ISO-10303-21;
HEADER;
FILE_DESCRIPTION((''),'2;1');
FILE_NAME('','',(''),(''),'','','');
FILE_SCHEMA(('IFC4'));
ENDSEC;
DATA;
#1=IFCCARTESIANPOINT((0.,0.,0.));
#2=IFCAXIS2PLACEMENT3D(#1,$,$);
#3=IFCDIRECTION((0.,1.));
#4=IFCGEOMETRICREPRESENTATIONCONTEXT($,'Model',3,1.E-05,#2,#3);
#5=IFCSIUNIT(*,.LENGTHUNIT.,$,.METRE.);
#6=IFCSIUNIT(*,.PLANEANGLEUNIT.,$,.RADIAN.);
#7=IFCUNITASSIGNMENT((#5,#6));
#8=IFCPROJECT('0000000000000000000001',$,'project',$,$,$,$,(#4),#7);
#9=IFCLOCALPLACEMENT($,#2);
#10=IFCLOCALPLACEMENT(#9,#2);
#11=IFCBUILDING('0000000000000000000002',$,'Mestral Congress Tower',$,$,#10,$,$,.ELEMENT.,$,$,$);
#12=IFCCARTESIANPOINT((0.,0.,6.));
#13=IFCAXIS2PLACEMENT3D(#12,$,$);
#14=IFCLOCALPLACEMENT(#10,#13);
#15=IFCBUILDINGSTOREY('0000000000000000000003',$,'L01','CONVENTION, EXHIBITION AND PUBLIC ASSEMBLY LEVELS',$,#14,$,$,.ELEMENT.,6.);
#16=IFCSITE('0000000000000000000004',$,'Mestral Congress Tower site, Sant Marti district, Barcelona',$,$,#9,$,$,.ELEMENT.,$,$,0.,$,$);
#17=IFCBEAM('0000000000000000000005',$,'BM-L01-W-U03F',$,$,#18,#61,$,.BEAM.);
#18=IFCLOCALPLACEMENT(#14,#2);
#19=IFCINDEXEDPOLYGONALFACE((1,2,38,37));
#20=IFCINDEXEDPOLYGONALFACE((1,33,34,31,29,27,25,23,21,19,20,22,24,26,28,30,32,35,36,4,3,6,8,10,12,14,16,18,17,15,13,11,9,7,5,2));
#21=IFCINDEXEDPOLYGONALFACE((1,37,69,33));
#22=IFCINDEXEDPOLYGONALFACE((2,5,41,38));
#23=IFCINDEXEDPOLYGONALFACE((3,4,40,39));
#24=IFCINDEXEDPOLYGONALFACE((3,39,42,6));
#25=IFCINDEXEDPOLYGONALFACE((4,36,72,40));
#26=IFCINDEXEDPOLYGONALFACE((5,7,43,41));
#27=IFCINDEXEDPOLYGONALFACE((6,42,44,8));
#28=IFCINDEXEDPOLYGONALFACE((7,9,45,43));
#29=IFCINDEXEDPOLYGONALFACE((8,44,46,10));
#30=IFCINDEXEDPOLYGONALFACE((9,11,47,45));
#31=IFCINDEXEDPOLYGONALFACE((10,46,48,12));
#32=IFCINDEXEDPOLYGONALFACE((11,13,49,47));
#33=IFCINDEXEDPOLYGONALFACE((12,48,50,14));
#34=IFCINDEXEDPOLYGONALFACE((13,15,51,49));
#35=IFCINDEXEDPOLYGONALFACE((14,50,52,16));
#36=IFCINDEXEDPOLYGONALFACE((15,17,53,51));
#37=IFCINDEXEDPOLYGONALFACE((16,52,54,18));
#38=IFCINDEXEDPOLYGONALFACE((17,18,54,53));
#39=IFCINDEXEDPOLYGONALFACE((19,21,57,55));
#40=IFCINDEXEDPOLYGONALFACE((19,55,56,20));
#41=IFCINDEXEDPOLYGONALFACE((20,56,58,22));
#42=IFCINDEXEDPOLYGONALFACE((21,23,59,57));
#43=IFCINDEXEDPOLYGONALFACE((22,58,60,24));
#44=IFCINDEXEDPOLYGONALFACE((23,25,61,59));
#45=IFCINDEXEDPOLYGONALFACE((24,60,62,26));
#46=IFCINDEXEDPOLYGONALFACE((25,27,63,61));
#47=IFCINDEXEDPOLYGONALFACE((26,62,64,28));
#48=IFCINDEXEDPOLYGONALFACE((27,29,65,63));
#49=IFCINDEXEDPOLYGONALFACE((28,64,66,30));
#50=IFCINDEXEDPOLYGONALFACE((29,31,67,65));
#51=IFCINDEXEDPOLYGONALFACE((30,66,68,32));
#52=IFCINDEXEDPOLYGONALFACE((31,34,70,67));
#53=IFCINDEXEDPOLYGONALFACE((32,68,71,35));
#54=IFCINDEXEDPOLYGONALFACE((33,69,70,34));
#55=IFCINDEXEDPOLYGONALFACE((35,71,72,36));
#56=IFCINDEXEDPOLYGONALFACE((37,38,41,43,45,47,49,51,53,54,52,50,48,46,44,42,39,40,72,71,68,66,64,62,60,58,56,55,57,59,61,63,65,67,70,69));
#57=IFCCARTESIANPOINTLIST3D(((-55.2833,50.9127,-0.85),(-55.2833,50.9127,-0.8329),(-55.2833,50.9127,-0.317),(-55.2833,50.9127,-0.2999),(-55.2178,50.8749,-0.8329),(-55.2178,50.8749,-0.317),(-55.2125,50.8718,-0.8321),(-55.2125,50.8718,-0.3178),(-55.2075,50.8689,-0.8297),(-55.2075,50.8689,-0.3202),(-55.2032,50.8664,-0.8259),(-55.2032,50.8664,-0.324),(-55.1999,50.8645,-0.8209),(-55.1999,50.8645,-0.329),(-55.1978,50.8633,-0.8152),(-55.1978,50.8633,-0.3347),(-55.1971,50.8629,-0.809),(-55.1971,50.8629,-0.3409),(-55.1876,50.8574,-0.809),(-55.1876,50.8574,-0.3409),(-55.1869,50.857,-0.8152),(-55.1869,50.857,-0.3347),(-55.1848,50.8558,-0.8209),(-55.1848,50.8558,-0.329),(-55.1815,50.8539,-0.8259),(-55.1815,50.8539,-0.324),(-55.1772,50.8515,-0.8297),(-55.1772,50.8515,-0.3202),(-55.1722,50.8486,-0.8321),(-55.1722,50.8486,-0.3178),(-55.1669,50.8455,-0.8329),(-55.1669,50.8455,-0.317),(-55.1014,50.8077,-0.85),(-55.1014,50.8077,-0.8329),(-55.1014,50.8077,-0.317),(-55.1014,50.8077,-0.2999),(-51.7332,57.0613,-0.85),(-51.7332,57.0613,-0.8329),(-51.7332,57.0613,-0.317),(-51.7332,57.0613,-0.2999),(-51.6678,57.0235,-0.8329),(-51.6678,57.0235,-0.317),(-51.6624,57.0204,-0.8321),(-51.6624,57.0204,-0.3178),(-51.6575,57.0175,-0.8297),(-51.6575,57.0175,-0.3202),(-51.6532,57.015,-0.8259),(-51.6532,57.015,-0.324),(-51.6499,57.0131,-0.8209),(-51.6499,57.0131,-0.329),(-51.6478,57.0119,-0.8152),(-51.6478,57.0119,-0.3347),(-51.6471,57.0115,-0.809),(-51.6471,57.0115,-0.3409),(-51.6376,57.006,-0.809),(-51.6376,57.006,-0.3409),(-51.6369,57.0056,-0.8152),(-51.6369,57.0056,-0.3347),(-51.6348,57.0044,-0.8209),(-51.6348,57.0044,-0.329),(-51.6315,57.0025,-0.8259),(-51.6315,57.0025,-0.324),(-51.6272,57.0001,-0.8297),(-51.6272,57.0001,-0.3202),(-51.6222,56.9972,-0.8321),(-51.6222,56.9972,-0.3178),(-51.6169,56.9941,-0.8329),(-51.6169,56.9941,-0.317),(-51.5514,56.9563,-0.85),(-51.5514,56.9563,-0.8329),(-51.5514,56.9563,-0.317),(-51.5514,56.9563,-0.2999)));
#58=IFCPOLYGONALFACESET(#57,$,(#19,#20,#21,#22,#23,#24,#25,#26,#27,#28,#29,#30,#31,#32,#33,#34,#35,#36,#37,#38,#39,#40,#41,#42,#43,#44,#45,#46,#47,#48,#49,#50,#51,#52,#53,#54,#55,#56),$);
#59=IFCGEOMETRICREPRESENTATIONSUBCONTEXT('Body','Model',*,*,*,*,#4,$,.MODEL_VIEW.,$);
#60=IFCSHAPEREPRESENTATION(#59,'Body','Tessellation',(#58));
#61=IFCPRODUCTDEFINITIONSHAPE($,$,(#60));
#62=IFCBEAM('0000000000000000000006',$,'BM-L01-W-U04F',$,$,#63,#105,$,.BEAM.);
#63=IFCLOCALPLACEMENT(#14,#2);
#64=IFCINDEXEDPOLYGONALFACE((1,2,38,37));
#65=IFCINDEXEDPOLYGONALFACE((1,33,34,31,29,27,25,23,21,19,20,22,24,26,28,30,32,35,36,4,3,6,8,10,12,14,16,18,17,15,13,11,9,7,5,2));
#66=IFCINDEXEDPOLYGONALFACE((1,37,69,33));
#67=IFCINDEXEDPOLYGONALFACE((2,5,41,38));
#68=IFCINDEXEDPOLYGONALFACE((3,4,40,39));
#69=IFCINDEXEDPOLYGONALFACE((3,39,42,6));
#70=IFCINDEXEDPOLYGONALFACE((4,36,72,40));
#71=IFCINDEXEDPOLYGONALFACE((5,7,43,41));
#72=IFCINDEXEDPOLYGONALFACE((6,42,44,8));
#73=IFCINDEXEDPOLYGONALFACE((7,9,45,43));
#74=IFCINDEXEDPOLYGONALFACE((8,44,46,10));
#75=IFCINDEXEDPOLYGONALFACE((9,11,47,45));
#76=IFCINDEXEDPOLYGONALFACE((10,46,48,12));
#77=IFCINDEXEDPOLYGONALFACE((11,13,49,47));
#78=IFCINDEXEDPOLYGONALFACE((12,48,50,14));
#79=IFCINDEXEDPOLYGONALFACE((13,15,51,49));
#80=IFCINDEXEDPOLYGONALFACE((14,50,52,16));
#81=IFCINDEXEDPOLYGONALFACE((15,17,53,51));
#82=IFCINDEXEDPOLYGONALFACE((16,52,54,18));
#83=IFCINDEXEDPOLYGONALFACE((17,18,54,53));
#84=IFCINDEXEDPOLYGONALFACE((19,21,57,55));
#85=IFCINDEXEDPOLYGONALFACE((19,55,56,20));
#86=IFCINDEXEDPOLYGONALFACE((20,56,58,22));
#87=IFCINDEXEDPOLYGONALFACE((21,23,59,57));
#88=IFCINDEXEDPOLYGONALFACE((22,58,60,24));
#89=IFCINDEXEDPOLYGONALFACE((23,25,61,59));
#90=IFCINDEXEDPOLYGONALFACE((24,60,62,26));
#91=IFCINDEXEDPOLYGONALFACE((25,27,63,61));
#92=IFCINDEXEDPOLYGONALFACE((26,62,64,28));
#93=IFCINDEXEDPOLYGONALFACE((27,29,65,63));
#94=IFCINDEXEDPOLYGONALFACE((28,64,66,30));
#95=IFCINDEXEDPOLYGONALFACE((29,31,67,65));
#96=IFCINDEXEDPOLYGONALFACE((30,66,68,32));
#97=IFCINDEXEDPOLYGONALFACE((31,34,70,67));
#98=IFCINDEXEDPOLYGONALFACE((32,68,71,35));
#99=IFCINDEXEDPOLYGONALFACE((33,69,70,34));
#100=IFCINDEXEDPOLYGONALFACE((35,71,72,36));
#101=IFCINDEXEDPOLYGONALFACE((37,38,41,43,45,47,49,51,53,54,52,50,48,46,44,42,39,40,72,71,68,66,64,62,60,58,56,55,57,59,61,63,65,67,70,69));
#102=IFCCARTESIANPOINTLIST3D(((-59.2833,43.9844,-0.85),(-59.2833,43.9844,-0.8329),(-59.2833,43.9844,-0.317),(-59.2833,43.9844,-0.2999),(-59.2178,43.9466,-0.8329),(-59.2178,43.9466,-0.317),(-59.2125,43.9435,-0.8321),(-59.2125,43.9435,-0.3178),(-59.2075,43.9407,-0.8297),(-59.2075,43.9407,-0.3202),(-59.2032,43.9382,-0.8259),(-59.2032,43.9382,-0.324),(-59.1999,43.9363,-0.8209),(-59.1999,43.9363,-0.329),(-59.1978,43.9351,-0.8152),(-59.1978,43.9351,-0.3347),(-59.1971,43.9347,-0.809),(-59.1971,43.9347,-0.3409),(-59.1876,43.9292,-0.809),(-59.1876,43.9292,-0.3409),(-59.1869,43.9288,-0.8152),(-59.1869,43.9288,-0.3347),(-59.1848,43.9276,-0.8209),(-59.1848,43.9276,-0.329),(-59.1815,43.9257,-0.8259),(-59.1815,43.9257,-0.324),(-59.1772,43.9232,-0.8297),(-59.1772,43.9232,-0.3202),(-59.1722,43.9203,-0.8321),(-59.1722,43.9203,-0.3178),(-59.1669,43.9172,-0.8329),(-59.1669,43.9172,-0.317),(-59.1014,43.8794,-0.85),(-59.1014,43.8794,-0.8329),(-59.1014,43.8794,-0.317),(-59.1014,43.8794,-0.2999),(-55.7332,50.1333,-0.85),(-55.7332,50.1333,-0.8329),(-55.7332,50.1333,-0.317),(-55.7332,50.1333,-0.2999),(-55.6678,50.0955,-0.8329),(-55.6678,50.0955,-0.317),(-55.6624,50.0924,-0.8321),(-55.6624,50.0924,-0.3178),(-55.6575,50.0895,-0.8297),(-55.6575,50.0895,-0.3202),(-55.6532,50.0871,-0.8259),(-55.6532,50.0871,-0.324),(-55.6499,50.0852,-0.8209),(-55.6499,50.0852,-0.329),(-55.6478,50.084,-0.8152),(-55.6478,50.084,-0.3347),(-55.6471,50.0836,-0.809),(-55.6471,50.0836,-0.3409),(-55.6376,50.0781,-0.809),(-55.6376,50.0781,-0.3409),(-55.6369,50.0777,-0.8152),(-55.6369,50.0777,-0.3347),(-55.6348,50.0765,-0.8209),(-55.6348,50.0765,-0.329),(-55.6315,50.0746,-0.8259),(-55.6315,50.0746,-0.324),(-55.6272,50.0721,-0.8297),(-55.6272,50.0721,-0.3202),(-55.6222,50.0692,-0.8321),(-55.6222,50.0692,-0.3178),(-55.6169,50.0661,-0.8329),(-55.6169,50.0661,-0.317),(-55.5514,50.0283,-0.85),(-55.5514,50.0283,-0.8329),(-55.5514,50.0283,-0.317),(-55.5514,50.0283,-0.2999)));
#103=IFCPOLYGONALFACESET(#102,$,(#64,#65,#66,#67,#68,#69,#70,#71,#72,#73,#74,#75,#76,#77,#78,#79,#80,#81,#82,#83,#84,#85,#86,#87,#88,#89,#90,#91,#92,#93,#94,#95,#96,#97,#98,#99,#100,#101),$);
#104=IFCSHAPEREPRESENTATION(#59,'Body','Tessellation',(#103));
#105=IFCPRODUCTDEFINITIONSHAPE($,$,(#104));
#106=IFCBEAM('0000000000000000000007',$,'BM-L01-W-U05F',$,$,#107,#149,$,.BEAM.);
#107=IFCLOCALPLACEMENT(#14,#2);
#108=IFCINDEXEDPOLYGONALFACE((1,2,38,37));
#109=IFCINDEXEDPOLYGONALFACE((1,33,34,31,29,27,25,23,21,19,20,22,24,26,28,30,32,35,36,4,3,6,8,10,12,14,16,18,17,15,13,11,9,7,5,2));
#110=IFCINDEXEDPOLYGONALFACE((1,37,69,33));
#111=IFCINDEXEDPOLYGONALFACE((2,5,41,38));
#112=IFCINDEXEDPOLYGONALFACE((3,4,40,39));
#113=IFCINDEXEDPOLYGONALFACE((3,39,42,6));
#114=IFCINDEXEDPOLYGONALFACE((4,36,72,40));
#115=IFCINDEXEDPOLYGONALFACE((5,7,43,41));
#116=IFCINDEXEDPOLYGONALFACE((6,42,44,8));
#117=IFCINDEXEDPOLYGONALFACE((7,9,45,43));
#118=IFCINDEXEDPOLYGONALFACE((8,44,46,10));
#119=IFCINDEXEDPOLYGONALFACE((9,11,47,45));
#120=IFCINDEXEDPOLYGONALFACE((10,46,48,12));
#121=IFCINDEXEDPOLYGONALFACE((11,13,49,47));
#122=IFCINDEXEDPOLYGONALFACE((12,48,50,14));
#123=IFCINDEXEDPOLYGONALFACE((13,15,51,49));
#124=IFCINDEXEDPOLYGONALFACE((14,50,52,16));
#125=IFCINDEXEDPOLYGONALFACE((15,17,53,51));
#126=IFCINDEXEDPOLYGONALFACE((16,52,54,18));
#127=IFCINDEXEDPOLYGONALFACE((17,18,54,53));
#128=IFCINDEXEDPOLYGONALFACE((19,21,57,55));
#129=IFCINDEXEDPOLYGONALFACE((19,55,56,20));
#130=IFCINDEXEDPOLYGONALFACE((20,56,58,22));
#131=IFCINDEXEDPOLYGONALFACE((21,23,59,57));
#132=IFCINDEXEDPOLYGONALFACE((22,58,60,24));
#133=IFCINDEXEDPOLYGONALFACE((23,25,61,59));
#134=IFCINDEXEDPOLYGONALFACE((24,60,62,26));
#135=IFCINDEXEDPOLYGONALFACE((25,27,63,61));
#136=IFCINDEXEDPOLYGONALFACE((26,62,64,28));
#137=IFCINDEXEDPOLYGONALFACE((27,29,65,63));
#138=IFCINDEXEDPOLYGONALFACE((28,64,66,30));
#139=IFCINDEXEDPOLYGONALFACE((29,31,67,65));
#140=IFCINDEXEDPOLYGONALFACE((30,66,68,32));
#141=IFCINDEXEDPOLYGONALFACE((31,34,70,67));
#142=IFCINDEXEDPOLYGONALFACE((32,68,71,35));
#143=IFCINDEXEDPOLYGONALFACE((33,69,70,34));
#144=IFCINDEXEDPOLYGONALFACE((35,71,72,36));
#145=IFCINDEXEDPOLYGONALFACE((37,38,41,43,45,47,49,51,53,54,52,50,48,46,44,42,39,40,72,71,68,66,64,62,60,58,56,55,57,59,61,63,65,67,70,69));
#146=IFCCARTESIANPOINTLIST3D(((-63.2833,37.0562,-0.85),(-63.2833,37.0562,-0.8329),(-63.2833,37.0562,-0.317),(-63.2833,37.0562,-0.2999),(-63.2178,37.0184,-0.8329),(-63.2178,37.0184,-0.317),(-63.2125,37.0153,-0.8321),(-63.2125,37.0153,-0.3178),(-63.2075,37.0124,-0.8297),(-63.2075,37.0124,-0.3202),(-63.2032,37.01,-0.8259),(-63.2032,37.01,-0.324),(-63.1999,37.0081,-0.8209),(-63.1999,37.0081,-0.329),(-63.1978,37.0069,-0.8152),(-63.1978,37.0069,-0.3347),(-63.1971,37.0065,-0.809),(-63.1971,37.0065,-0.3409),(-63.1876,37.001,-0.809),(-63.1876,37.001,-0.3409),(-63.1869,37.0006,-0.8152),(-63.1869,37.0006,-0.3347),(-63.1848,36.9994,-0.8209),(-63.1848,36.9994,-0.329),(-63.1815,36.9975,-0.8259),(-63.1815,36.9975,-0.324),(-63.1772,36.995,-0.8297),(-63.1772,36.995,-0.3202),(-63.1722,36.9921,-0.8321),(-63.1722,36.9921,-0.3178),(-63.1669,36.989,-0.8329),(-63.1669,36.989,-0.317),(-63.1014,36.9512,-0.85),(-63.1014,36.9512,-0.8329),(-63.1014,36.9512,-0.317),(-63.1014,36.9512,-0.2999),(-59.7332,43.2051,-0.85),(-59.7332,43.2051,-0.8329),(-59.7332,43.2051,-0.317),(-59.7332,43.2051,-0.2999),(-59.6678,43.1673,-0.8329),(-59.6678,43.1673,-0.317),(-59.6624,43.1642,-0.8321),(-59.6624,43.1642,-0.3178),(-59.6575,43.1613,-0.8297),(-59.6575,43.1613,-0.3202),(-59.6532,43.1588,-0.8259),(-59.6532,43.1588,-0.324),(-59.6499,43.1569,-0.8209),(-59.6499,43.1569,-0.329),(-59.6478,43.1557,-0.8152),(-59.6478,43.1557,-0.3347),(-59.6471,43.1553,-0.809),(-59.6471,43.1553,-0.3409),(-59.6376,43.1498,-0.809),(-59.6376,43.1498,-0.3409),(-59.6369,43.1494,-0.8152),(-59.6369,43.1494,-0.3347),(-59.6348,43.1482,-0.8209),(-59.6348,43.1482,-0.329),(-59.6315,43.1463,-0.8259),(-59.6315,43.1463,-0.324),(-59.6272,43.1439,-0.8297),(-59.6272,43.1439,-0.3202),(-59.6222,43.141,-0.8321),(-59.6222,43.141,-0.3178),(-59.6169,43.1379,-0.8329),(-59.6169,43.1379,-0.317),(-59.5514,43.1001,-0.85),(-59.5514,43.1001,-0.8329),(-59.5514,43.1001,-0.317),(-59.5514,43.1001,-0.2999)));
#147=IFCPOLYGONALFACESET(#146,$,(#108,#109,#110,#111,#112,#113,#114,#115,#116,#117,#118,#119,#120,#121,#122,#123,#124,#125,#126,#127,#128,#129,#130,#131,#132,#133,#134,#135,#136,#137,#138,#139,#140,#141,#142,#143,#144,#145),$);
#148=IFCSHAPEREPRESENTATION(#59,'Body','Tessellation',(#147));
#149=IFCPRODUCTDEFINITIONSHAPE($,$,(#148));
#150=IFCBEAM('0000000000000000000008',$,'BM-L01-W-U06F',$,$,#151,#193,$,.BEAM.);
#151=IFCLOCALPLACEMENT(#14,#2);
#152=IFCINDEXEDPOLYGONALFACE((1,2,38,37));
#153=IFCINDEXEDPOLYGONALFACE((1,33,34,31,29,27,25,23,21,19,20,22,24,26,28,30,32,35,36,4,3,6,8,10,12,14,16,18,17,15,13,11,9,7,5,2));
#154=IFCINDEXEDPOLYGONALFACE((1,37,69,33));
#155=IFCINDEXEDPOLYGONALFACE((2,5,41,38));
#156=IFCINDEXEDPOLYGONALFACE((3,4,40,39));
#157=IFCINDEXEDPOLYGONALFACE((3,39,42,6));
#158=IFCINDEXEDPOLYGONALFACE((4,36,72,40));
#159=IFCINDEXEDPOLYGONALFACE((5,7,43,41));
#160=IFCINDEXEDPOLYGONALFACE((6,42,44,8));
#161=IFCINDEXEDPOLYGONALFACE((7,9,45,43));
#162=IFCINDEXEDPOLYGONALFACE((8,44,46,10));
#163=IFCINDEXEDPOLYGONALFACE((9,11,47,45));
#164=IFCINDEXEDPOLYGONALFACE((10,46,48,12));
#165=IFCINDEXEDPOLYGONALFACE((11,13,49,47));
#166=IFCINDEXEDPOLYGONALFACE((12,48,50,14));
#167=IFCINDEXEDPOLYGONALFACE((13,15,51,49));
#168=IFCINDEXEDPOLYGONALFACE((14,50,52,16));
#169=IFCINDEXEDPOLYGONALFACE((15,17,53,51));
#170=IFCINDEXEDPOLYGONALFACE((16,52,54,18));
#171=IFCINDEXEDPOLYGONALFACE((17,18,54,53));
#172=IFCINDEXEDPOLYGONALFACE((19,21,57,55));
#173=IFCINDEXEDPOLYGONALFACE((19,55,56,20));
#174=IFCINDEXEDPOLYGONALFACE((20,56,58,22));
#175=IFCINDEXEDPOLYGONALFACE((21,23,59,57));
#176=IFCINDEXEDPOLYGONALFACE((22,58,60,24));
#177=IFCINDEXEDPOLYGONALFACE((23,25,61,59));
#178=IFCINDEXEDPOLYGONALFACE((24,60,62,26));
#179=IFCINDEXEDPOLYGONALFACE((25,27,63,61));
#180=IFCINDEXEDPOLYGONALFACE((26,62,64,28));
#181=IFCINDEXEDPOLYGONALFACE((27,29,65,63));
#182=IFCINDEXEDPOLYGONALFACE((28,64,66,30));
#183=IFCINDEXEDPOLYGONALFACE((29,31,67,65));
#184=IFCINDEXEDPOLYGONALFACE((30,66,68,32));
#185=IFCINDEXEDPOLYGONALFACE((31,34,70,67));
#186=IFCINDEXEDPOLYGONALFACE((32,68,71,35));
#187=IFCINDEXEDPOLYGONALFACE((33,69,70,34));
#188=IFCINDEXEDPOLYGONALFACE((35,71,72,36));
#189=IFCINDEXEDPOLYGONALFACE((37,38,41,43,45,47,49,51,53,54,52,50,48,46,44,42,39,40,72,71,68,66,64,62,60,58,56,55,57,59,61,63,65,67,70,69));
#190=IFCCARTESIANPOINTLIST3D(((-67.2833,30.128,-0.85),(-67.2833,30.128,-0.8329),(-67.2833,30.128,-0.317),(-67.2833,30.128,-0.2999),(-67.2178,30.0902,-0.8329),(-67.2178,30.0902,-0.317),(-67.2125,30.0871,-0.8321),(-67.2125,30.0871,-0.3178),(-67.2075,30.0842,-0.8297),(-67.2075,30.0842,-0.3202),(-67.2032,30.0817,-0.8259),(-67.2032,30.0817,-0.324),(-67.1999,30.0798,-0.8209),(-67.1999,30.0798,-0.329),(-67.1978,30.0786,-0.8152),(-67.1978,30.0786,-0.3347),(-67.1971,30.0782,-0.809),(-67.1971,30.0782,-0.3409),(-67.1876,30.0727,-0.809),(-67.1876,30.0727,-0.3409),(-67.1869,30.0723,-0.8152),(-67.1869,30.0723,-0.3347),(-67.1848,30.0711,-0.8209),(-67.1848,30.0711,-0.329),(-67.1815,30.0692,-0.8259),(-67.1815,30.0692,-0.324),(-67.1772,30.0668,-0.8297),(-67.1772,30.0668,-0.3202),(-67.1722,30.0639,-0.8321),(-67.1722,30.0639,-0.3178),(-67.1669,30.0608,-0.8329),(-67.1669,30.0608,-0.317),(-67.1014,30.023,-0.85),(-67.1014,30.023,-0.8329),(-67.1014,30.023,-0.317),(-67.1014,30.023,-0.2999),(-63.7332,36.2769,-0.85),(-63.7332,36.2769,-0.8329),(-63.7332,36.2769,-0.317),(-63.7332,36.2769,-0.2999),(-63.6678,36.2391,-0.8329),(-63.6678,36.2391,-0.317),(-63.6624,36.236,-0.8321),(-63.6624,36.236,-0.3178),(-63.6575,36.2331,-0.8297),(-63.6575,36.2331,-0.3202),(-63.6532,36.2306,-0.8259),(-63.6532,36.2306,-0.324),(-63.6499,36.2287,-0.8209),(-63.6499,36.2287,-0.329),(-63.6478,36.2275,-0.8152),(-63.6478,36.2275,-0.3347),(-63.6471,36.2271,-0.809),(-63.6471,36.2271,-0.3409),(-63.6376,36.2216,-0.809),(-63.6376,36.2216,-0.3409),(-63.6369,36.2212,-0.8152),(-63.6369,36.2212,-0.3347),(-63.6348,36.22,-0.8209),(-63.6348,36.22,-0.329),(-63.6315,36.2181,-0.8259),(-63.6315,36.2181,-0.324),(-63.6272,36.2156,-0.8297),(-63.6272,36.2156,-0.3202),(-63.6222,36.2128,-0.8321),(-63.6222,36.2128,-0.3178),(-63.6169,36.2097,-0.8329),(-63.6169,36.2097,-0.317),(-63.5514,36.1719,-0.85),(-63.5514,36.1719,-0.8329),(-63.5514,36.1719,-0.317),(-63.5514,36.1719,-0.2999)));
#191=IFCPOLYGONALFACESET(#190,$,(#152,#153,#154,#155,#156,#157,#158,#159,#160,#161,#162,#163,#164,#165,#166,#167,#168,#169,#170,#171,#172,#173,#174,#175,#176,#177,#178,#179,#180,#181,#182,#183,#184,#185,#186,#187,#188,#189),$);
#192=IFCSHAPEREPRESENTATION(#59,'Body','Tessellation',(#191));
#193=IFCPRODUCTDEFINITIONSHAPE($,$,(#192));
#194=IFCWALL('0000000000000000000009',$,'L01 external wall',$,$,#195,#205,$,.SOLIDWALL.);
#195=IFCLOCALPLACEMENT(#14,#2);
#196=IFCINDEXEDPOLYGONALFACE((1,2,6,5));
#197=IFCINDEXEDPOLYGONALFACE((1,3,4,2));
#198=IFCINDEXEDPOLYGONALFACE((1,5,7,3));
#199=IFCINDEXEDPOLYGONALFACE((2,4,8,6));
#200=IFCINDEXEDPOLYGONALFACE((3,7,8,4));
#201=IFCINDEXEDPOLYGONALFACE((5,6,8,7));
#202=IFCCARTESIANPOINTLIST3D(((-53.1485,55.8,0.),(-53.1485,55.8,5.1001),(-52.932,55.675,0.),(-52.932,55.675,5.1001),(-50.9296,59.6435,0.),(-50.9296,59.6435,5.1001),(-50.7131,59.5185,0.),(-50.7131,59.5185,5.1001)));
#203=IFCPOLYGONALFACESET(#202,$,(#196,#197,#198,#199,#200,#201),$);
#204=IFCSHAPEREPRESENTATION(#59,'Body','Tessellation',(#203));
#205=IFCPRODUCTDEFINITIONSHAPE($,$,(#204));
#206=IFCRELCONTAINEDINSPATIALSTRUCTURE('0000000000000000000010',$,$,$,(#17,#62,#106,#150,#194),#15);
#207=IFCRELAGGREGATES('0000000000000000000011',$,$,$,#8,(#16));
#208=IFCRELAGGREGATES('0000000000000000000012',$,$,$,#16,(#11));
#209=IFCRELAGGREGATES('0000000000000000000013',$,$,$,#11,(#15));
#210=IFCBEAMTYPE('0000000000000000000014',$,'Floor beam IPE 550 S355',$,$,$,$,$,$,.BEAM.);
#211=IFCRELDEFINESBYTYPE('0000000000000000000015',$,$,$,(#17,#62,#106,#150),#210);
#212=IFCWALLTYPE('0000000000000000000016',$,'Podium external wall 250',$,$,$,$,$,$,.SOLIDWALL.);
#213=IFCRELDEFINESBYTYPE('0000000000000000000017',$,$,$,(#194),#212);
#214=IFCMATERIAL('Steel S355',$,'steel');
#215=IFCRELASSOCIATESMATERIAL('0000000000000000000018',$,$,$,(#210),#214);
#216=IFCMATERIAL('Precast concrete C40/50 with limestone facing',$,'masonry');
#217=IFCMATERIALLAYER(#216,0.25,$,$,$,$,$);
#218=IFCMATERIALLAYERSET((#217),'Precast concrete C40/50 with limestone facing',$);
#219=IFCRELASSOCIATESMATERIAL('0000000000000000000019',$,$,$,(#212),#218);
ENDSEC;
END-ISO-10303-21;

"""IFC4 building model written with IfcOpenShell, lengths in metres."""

from ifc_helpers import new_model, si_unit, direction, frame, frame_2d, origin, origin_2d, place, context, subcontext, project, spatial, rectangle, i_section, extrude, material, layer, layer_set, material_profile, profile_set, type_object, element, save


model = new_model("IFC4")

# Units and contexts
model_context = context("Model", 3, precision=1e-05, world=origin(), true_north=direction((0.0, 1.0)))
body_context = subcontext(model_context, "Body", "Model", "MODEL_VIEW")
ifc_project = project(units=[si_unit("LENGTHUNIT", "METRE"), si_unit("PLANEANGLEUNIT", "RADIAN")], contexts=[model_context])

# Site, building, storey
site_placement = place(None, origin())
site = spatial("IfcSite", under=ifc_project, at=site_placement, Name="Mestral Congress Tower site, Sant Marti district, Barcelona", CompositionType="ELEMENT", RefElevation=0.0)
building_placement = place(site_placement, origin())
building = spatial("IfcBuilding", under=site, at=building_placement, Name="Mestral Congress Tower", CompositionType="ELEMENT")
storey_placement = place(building_placement, frame((0.0, 0.0, 6.0)))
storey = spatial("IfcBuildingStorey", under=building, at=storey_placement, Name="L01", Description="CONVENTION, EXHIBITION AND PUBLIC ASSEMBLY LEVELS", CompositionType="ELEMENT", Elevation=6.0)

# Beams
ifc_material_1 = material(Name="Steel S355", Category="steel")
ifc_material_profile_1 = material_profile(ifc_material_1, i_section(OverallWidth=0.21, OverallDepth=0.55, WebThickness=0.011, FlangeThickness=0.0171, FilletRadius=0.0239, at=origin_2d()), Name="IPE 550")
ifc_profile_set_1 = profile_set([ifc_material_profile_1], Name="Steel S355")
beam_type_1 = type_object("IfcBeamType", Name="Floor beam IPE 550 S355", PredefinedType="BEAM", material=ifc_profile_set_1)
beam_placement = place(storey_placement, frame((-51.6423, 57.0088, -0.575), z_axis=(-0.500011, -0.866019, 0.0), x_axis=(0.866019, -0.500011, 0.0)))
element("IfcBeam", 1, at=beam_placement, inside=storey, type_object=beam_type_1, Name="BM-L01-W-U03F", PredefinedType="BEAM", context=body_context, shape_type="SweptSolid", body=[
    extrude(i_section(OverallWidth=0.21, OverallDepth=0.55, WebThickness=0.011, FlangeThickness=0.0171, FilletRadius=0.0239, at=origin_2d()), origin(), (0.0, 0.0, 1.0), 7.0999),
])
for number, where, z_axis, x_axis, name in (
    (2, (-55.6423, 50.0808, -0.575), (-0.499996, -0.866028, 0.0), (0.866028, -0.499996, 0.0), "BM-L01-W-U04F"),
    (3, (-59.6423, 43.1526, -0.575), (-0.499996, -0.866028, 0.0), (0.866028, -0.499996, 0.0), "BM-L01-W-U05F"),
    (4, (-63.6423, 36.2244, -0.575), (-0.499996, -0.866028, 0.0), (0.866028, -0.499996, 0.0), "BM-L01-W-U06F"),
):
    element("IfcBeam", number, at=place(storey_placement, frame(where, z_axis=z_axis, x_axis=x_axis)), inside=storey, type_object=beam_type_1, Name=name, PredefinedType="BEAM", context=body_context, shape_type="SweptSolid", body=[
        extrude(i_section(OverallWidth=0.21, OverallDepth=0.55, WebThickness=0.011, FlangeThickness=0.0171, FilletRadius=0.0239, at=origin_2d()), origin(), (0.0, 0.0, 1.0), 7.1001),
    ])

# Wall
ifc_material_2 = material(Name="Precast concrete C40/50 with limestone facing", Category="masonry")
ifc_layer = layer(ifc_material_2, 0.25)
ifc_layer_set = layer_set([ifc_layer], Name="Precast concrete C40/50 with limestone facing")
wall_type = type_object("IfcWallType", Name="Podium external wall 250", PredefinedType="SOLIDWALL", material=ifc_layer_set)
wall_1_placement = place(storey_placement, frame((-53.0403, 55.7375, 0.0), z_axis=(0.0, 0.0, 1.0), x_axis=(0.499991, 0.866031, 0.0)))
element("IfcWall", 5, at=wall_1_placement, inside=storey, type_object=wall_type, Name="L01 external wall", PredefinedType="SOLIDWALL", context=body_context, shape_type="SweptSolid", body=[
    extrude(rectangle(XDim=4.438, YDim=0.25, at=frame_2d((2.219, 0.0))), origin(), (0.0, 0.0, 1.0), 5.1001),
])

save(model, "model.ifc")
